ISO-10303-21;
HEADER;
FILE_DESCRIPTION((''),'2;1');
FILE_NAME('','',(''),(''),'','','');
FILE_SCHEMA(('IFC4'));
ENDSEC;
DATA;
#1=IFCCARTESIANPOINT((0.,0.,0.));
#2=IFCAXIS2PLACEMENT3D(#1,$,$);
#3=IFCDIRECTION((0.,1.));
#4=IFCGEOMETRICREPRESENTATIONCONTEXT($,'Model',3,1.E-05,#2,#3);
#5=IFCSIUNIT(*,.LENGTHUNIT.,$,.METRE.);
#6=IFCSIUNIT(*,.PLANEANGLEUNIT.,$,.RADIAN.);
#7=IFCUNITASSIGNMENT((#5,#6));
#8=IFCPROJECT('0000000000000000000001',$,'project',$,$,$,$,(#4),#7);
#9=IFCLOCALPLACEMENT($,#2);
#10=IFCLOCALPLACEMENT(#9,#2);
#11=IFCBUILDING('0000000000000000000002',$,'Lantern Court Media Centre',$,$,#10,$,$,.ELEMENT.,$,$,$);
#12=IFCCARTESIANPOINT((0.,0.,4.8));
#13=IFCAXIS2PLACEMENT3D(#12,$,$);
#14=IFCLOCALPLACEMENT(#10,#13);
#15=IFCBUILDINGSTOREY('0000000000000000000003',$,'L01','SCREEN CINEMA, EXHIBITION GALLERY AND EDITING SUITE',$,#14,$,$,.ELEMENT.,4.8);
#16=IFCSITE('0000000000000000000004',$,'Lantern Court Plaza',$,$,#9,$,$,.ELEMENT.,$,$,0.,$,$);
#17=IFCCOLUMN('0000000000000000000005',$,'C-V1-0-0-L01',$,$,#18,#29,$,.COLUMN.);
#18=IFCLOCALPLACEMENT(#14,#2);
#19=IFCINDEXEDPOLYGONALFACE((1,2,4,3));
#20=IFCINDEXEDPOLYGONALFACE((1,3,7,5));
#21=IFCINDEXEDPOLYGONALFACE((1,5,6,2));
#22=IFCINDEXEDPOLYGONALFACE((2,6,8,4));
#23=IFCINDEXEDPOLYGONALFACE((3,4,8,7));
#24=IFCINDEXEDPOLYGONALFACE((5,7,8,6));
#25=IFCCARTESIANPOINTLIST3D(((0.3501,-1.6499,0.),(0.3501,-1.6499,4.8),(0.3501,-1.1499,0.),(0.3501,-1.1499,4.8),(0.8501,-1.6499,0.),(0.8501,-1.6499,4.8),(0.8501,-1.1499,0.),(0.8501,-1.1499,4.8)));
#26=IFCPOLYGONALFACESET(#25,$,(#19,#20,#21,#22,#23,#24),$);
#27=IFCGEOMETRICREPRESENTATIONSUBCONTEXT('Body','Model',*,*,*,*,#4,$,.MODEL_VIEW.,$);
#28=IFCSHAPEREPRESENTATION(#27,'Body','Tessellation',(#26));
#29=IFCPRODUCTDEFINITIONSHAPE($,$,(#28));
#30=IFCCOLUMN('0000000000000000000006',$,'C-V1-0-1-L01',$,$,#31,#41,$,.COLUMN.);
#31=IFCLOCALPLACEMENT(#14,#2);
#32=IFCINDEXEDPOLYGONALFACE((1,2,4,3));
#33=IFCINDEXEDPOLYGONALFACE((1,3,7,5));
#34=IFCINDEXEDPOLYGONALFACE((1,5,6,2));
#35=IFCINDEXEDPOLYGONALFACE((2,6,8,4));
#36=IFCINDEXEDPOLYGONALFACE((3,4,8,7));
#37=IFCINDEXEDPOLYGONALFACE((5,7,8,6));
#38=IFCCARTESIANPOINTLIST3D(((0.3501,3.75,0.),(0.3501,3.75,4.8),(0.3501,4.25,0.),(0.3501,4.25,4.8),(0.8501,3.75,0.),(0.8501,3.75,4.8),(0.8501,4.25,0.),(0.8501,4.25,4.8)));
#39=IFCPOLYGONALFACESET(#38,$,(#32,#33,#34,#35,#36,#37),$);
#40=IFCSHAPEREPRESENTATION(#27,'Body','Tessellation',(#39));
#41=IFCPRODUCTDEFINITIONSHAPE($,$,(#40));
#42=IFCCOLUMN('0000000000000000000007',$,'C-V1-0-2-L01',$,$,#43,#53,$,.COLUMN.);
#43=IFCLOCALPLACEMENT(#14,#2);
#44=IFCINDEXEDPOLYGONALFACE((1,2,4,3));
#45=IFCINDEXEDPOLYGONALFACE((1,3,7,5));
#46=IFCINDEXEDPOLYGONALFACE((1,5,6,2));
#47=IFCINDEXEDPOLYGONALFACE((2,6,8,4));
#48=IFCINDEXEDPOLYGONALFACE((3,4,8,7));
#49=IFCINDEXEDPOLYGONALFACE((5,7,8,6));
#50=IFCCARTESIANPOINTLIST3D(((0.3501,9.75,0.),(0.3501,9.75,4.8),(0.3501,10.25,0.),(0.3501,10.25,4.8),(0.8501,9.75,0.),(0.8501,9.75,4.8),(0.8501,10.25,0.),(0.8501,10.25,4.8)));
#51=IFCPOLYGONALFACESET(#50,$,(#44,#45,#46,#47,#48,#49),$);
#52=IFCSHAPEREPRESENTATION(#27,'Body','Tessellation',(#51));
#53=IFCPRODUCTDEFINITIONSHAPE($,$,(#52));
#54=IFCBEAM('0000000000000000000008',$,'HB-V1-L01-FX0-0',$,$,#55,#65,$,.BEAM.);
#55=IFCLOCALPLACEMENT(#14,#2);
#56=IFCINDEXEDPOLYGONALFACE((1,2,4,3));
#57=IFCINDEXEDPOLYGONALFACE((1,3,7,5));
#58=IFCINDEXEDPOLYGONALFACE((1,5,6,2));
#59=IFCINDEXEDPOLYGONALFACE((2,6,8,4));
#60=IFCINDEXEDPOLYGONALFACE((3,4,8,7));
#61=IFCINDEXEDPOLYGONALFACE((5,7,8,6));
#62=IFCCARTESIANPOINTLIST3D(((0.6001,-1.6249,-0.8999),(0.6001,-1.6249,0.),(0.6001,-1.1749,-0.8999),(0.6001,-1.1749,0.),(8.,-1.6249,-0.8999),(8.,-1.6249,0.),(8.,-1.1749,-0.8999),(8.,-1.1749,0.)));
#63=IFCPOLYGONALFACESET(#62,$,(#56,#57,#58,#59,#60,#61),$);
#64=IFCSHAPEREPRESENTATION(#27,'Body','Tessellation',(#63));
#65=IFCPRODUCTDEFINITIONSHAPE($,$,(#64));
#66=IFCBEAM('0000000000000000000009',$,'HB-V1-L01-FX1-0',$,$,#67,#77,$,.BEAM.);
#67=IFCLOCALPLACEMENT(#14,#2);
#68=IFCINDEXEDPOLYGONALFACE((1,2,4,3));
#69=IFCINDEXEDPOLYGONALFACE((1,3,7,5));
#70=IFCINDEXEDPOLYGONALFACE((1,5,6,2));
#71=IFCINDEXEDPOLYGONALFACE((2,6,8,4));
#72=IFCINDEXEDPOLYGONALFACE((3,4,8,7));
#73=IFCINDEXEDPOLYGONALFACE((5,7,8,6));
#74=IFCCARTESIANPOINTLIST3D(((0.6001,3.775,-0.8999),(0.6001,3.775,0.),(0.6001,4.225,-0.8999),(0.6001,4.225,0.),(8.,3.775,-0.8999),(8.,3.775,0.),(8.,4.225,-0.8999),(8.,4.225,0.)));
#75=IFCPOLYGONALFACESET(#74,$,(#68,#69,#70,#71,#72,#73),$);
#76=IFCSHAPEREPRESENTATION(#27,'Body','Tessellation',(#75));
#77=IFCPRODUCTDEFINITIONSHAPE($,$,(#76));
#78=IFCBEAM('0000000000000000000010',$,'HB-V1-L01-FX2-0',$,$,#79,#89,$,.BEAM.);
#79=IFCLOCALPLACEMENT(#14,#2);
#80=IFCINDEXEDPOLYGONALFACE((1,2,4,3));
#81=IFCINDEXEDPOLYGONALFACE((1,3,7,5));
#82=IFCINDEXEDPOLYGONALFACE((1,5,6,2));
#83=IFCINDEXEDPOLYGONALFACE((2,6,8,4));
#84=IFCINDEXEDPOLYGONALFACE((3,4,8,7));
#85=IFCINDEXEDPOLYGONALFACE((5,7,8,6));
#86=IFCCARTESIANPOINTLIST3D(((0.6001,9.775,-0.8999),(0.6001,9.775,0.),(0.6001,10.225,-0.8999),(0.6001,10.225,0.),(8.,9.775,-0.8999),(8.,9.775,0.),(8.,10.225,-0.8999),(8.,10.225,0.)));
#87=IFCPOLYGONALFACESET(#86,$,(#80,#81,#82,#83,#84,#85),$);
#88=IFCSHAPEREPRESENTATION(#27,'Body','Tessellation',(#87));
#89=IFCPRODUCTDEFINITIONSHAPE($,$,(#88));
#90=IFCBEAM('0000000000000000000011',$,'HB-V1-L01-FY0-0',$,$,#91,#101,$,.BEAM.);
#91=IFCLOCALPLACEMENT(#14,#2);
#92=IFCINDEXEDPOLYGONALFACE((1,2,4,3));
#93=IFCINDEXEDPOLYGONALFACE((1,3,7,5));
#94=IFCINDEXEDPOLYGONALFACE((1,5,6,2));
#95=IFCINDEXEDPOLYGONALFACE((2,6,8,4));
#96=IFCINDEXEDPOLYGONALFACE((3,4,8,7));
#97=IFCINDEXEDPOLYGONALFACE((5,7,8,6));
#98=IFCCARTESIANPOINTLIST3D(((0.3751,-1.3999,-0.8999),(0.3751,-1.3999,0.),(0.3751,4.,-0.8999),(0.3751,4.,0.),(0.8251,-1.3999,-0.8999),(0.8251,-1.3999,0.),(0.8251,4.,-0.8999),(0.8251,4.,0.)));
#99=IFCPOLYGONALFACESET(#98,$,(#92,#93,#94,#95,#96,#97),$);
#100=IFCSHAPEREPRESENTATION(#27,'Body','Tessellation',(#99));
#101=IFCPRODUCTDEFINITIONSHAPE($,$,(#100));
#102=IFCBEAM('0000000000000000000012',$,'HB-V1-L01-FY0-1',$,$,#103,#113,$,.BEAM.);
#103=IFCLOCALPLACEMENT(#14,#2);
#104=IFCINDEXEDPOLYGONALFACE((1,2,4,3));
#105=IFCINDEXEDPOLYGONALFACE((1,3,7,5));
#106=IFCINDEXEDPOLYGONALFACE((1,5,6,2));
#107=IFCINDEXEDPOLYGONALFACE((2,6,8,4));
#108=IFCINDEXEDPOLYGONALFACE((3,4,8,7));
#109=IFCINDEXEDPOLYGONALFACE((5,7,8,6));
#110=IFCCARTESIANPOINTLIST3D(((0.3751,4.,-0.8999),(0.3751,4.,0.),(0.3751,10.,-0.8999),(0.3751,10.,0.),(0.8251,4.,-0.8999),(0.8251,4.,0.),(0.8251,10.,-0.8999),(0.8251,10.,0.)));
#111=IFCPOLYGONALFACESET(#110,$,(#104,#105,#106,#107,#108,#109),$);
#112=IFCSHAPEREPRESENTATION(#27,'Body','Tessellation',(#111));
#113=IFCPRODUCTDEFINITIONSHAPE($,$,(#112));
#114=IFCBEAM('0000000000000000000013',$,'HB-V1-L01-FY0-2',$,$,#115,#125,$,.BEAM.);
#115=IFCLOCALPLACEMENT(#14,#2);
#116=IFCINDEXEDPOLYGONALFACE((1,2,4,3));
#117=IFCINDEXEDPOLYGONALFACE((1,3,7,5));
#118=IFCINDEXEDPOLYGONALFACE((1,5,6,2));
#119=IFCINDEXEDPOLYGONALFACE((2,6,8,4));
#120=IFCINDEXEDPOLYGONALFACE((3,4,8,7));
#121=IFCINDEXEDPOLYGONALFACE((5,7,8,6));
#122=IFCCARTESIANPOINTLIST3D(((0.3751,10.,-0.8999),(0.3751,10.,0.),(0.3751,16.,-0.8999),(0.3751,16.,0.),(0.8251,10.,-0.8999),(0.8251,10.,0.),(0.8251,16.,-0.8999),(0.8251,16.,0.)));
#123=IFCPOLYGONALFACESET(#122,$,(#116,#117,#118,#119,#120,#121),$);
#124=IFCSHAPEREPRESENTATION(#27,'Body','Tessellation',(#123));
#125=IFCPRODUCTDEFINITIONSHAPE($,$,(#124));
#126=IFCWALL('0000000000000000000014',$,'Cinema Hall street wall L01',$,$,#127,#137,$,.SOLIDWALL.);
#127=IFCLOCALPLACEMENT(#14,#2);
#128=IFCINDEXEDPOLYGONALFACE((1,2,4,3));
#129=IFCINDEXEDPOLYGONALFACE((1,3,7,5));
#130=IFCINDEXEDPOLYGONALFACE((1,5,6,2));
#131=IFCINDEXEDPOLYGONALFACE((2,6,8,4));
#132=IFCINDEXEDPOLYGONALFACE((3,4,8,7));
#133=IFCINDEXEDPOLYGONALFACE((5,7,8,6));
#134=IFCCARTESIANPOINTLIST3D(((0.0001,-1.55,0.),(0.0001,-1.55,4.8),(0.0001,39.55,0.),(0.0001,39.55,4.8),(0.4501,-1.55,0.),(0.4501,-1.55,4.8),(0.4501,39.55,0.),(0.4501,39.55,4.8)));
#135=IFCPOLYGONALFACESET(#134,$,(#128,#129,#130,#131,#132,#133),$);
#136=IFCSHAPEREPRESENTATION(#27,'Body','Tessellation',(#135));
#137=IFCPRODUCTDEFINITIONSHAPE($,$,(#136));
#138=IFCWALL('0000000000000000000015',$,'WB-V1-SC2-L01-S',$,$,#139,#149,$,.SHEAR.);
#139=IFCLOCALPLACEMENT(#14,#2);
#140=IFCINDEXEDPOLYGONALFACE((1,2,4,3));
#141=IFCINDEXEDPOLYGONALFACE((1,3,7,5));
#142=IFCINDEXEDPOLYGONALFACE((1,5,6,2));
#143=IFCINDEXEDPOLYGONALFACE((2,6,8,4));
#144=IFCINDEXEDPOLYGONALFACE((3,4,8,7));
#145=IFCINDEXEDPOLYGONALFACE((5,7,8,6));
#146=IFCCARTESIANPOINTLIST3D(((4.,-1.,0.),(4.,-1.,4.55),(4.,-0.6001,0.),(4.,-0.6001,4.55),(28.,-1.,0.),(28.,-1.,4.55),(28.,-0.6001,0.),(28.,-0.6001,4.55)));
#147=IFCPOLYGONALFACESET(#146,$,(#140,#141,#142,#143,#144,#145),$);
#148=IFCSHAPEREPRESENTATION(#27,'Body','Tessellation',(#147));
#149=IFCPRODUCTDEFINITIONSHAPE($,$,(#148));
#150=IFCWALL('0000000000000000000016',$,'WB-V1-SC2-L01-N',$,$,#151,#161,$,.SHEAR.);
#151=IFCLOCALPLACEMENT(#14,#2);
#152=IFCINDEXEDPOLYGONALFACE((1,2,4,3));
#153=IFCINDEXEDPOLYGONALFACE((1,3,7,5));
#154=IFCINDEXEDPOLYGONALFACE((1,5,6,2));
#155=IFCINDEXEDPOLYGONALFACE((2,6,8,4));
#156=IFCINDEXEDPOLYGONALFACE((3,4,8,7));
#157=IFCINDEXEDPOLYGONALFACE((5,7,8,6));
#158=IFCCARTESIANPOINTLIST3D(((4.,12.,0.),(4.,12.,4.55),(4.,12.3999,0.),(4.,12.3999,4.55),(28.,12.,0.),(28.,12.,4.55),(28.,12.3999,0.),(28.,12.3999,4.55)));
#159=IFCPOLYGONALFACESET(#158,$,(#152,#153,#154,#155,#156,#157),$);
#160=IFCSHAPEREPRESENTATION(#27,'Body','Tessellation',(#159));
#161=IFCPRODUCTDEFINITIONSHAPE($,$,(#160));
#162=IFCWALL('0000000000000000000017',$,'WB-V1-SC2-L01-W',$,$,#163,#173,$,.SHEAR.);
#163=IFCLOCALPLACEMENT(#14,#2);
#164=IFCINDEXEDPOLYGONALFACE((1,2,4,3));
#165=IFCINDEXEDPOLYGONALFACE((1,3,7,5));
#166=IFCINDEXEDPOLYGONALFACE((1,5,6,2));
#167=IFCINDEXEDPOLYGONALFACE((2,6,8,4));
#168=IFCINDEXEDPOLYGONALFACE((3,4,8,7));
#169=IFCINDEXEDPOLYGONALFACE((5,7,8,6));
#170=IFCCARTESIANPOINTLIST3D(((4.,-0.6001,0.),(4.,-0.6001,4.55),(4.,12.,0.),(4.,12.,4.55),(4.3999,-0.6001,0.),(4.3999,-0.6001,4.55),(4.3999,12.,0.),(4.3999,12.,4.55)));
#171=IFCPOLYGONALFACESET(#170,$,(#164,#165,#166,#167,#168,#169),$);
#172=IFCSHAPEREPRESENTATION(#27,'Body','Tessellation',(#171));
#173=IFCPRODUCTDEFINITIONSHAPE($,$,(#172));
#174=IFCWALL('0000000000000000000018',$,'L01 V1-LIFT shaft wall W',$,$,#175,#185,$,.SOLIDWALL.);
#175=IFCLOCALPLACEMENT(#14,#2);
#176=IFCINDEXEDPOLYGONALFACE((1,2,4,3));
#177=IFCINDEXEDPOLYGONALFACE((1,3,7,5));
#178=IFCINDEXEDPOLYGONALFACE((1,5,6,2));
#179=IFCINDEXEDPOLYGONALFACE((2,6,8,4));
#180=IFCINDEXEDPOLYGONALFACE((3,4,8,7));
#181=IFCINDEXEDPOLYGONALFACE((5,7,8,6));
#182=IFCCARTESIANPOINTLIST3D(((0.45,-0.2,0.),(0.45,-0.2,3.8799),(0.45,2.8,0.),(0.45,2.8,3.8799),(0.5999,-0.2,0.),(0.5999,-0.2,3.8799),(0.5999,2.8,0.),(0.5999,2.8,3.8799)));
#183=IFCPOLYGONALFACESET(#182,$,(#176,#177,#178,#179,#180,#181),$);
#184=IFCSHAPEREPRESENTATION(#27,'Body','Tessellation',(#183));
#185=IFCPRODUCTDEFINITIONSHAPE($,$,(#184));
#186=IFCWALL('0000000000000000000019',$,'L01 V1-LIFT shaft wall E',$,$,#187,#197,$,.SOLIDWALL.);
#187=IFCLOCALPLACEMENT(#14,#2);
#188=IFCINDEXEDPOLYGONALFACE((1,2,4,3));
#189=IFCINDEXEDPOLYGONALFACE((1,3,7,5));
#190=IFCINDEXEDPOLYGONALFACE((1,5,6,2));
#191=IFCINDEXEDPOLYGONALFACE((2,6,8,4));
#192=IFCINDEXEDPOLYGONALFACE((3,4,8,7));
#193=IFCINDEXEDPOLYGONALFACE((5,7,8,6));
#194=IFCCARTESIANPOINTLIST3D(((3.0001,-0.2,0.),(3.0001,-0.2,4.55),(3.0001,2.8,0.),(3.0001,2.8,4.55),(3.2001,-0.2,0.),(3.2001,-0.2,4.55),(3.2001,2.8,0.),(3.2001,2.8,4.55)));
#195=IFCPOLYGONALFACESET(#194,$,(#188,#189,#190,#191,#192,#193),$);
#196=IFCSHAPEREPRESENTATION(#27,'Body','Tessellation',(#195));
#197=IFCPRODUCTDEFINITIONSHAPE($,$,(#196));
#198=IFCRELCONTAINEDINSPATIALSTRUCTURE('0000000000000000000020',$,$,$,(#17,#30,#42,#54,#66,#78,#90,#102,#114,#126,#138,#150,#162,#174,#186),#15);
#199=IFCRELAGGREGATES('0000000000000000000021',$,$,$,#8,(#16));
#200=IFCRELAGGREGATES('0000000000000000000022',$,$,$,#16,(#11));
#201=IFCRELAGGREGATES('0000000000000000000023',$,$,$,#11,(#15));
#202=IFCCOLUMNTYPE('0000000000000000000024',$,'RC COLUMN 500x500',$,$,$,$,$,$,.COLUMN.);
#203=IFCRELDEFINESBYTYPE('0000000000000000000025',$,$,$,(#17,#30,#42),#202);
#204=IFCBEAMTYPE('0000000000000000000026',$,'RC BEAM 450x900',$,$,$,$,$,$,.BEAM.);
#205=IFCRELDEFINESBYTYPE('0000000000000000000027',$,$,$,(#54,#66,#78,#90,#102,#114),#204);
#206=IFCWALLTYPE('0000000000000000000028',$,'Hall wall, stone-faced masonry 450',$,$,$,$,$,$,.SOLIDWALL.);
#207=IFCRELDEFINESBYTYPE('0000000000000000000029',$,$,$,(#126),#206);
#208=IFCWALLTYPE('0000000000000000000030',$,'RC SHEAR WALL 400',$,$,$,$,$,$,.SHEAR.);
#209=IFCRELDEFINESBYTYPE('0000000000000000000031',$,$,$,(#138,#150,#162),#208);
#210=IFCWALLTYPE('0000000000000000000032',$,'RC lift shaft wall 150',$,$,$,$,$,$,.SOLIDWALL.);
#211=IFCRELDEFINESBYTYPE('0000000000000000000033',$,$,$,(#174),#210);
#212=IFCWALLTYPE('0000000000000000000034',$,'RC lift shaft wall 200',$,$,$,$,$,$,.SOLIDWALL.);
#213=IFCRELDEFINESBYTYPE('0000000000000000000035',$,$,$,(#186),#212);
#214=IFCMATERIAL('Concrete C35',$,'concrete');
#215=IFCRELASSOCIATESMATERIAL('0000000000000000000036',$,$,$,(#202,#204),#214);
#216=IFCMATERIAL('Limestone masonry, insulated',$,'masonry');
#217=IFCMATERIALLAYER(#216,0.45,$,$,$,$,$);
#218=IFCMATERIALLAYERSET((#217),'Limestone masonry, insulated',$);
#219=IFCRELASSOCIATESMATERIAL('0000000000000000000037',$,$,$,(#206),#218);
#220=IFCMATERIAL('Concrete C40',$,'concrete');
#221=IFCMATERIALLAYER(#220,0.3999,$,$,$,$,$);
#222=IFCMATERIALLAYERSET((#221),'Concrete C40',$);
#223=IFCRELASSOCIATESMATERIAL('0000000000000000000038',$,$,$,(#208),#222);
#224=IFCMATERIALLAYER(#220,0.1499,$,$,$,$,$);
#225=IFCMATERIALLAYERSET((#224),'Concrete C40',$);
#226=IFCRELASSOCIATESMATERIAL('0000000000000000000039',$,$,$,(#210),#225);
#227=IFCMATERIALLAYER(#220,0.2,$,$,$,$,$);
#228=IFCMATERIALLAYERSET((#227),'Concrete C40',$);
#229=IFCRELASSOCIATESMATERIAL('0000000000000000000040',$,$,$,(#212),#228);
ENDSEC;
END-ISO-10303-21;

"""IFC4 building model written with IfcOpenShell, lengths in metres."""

from ifc_helpers import new_model, si_unit, direction, frame, frame_2d, origin, origin_2d, place, context, subcontext, project, spatial, rectangle, extrude, material, layer, layer_set, material_profile, profile_set, type_object, element, save


model = new_model("IFC4")

# Units and contexts
model_context = context("Model", 3, precision=1e-05, world=origin(), true_north=direction((0.0, 1.0)))
body_context = subcontext(model_context, "Body", "Model", "MODEL_VIEW")
ifc_project = project(units=[si_unit("LENGTHUNIT", "METRE"), si_unit("PLANEANGLEUNIT", "RADIAN")], contexts=[model_context])

# Site, building, storey
site_placement = place(None, origin())
site = spatial("IfcSite", under=ifc_project, at=site_placement, Name="Lantern Court Plaza", CompositionType="ELEMENT", RefElevation=0.0)
building_placement = place(site_placement, origin())
building = spatial("IfcBuilding", under=site, at=building_placement, Name="Lantern Court Media Centre", CompositionType="ELEMENT")
storey_placement = place(building_placement, frame((0.0, 0.0, 4.8)))
storey = spatial("IfcBuildingStorey", under=building, at=storey_placement, Name="L01", Description="SCREEN CINEMA, EXHIBITION GALLERY AND EDITING SUITE", CompositionType="ELEMENT", Elevation=4.8)

# Columns
ifc_material_1 = material(Name="Concrete C35", Category="concrete")
ifc_material_profile_1 = material_profile(ifc_material_1, rectangle(XDim=0.5, YDim=0.5, at=origin_2d()), Name="RC 500x500")
ifc_profile_set_1 = profile_set([ifc_material_profile_1], Name="Concrete C35")
column_type = type_object("IfcColumnType", Name="RC COLUMN 500x500", PredefinedType="COLUMN", material=ifc_profile_set_1)
for number, where, z_axis, x_axis, name in (
    (1, (0.6001, -1.3999, 0.0), (0.0, 0.0, 1.0), (1.0, 0.0, 0.0), "C-V1-0-0-L01"),
    (2, (0.6001, 4.0, 0.0), (0.0, 0.0, 1.0), (1.0, 0.0, 0.0), "C-V1-0-1-L01"),
    (3, (0.6001, 10.0, 0.0), (0.0, 0.0, 1.0), (1.0, 0.0, 0.0), "C-V1-0-2-L01"),
):
    element("IfcColumn", number, at=place(storey_placement, frame(where, z_axis=z_axis, x_axis=x_axis)), inside=storey, type_object=column_type, Name=name, PredefinedType="COLUMN", context=body_context, shape_type="SweptSolid", body=[
        extrude(rectangle(XDim=0.5, YDim=0.5, at=origin_2d()), origin(), (0.0, 0.0, 1.0), 4.8),
    ])

# Beams
ifc_material_profile_2 = material_profile(ifc_material_1, rectangle(XDim=0.45, YDim=0.8999, at=origin_2d()), Name="RC 450x900")
ifc_profile_set_2 = profile_set([ifc_material_profile_2], Name="Concrete C35")
beam_type = type_object("IfcBeamType", Name="RC BEAM 450x900", PredefinedType="BEAM", material=ifc_profile_set_2)
for number, where, z_axis, x_axis, name in (
    (4, (0.6001, -1.3999, -0.45), (1.0, 0.0, 0.0), (0.0, 1.0, 0.0), "HB-V1-L01-FX0-0"),
    (5, (0.6001, 4.0, -0.45), (1.0, 0.0, 0.0), (0.0, 1.0, 0.0), "HB-V1-L01-FX1-0"),
    (6, (0.6001, 10.0, -0.45), (1.0, 0.0, 0.0), (0.0, 1.0, 0.0), "HB-V1-L01-FX2-0"),
):
    element("IfcBeam", number, at=place(storey_placement, frame(where, z_axis=z_axis, x_axis=x_axis)), inside=storey, type_object=beam_type, Name=name, PredefinedType="BEAM", context=body_context, shape_type="SweptSolid", body=[
        extrude(rectangle(XDim=0.45, YDim=0.8999, at=origin_2d()), origin(), (0.0, 0.0, 1.0), 7.3999),
    ])
beam_placement = place(storey_placement, frame((0.6001, -1.3999, -0.45), z_axis=(0.0, 1.0, 0.0), x_axis=(-1.0, 0.0, 0.0)))
element("IfcBeam", 7, at=beam_placement, inside=storey, type_object=beam_type, Name="HB-V1-L01-FY0-0", PredefinedType="BEAM", context=body_context, shape_type="SweptSolid", body=[
    extrude(rectangle(XDim=0.45, YDim=0.8999, at=origin_2d()), origin(), (0.0, 0.0, 1.0), 5.3999),
])
for number, where, z_axis, x_axis, name in (
    (8, (0.6001, 4.0, -0.45), (0.0, 1.0, 0.0), (-1.0, 0.0, 0.0), "HB-V1-L01-FY0-1"),
    (9, (0.6001, 10.0, -0.45), (0.0, 1.0, 0.0), (-1.0, 0.0, 0.0), "HB-V1-L01-FY0-2"),
):
    element("IfcBeam", number, at=place(storey_placement, frame(where, z_axis=z_axis, x_axis=x_axis)), inside=storey, type_object=beam_type, Name=name, PredefinedType="BEAM", context=body_context, shape_type="SweptSolid", body=[
        extrude(rectangle(XDim=0.45, YDim=0.8999, at=origin_2d()), origin(), (0.0, 0.0, 1.0), 6.0),
    ])

# Walls
ifc_material_2 = material(Name="Limestone masonry, insulated", Category="masonry")
ifc_layer_1 = layer(ifc_material_2, 0.45)
ifc_layer_set_1 = layer_set([ifc_layer_1], Name="Limestone masonry, insulated")
wall_type_1 = type_object("IfcWallType", Name="Hall wall, stone-faced masonry 450", PredefinedType="SOLIDWALL", material=ifc_layer_set_1)
wall_1_placement = place(storey_placement, frame((0.2251, -1.55, 0.0), z_axis=(0.0, 0.0, 1.0), x_axis=(0.0, 1.0, 0.0)))
element("IfcWall", 10, at=wall_1_placement, inside=storey, type_object=wall_type_1, Name="Cinema Hall street wall L01", PredefinedType="SOLIDWALL", context=body_context, shape_type="SweptSolid", body=[
    extrude(rectangle(XDim=41.1001, YDim=0.45, at=frame_2d((20.55, 0.0))), origin(), (0.0, 0.0, 1.0), 4.8),
])
ifc_material_3 = material(Name="Concrete C40", Category="concrete")
ifc_layer_2 = layer(ifc_material_3, 0.3999)
ifc_layer_set_2 = layer_set([ifc_layer_2], Name="Concrete C40")
wall_type_2 = type_object("IfcWallType", Name="RC SHEAR WALL 400", PredefinedType="SHEAR", material=ifc_layer_set_2)
for number, where, z_axis, x_axis, name in (
    (11, (4.0, -0.8, 0.0), (0.0, 0.0, 1.0), (1.0, 0.0, 0.0), "WB-V1-SC2-L01-S"),
    (12, (4.0, 12.2, 0.0), (0.0, 0.0, 1.0), (1.0, 0.0, 0.0), "WB-V1-SC2-L01-N"),
):
    element("IfcWall", number, at=place(storey_placement, frame(where, z_axis=z_axis, x_axis=x_axis)), inside=storey, type_object=wall_type_2, Name=name, PredefinedType="SHEAR", context=body_context, shape_type="SweptSolid", body=[
        extrude(rectangle(XDim=24.0, YDim=0.3999, at=frame_2d((12.0, 0.0))), origin(), (0.0, 0.0, 1.0), 4.55),
    ])
wall_2_placement = place(storey_placement, frame((4.2, -0.6001, 0.0), z_axis=(0.0, 0.0, 1.0), x_axis=(0.0, 1.0, 0.0)))
element("IfcWall", 13, at=wall_2_placement, inside=storey, type_object=wall_type_2, Name="WB-V1-SC2-L01-W", PredefinedType="SHEAR", context=body_context, shape_type="SweptSolid", body=[
    extrude(rectangle(XDim=12.6001, YDim=0.3999, at=frame_2d((6.3, 0.0))), origin(), (0.0, 0.0, 1.0), 4.55),
])
ifc_layer_3 = layer(ifc_material_3, 0.1499)
ifc_layer_set_3 = layer_set([ifc_layer_3], Name="Concrete C40")
wall_type_3 = type_object("IfcWallType", Name="RC lift shaft wall 150", PredefinedType="SOLIDWALL", material=ifc_layer_set_3)
wall_3_placement = place(storey_placement, frame((0.5249, -0.2, 0.0), z_axis=(0.0, 0.0, 1.0), x_axis=(0.0, 1.0, 0.0)))
element("IfcWall", 14, at=wall_3_placement, inside=storey, type_object=wall_type_3, Name="L01 V1-LIFT shaft wall W", PredefinedType="SOLIDWALL", context=body_context, shape_type="SweptSolid", body=[
    extrude(rectangle(XDim=3.0, YDim=0.1499, at=frame_2d((1.5, 0.0))), origin(), (0.0, 0.0, 1.0), 3.8799),
])
ifc_layer_4 = layer(ifc_material_3, 0.2)
ifc_layer_set_4 = layer_set([ifc_layer_4], Name="Concrete C40")
wall_type_4 = type_object("IfcWallType", Name="RC lift shaft wall 200", PredefinedType="SOLIDWALL", material=ifc_layer_set_4)
wall_4_placement = place(storey_placement, frame((3.1001, -0.2, 0.0), z_axis=(0.0, 0.0, 1.0), x_axis=(0.0, 1.0, 0.0)))
element("IfcWall", 15, at=wall_4_placement, inside=storey, type_object=wall_type_4, Name="L01 V1-LIFT shaft wall E", PredefinedType="SOLIDWALL", context=body_context, shape_type="SweptSolid", body=[
    extrude(rectangle(XDim=3.0, YDim=0.2, at=frame_2d((1.5, 0.0))), origin(), (0.0, 0.0, 1.0), 4.55),
])

save(model, "model.ifc")
